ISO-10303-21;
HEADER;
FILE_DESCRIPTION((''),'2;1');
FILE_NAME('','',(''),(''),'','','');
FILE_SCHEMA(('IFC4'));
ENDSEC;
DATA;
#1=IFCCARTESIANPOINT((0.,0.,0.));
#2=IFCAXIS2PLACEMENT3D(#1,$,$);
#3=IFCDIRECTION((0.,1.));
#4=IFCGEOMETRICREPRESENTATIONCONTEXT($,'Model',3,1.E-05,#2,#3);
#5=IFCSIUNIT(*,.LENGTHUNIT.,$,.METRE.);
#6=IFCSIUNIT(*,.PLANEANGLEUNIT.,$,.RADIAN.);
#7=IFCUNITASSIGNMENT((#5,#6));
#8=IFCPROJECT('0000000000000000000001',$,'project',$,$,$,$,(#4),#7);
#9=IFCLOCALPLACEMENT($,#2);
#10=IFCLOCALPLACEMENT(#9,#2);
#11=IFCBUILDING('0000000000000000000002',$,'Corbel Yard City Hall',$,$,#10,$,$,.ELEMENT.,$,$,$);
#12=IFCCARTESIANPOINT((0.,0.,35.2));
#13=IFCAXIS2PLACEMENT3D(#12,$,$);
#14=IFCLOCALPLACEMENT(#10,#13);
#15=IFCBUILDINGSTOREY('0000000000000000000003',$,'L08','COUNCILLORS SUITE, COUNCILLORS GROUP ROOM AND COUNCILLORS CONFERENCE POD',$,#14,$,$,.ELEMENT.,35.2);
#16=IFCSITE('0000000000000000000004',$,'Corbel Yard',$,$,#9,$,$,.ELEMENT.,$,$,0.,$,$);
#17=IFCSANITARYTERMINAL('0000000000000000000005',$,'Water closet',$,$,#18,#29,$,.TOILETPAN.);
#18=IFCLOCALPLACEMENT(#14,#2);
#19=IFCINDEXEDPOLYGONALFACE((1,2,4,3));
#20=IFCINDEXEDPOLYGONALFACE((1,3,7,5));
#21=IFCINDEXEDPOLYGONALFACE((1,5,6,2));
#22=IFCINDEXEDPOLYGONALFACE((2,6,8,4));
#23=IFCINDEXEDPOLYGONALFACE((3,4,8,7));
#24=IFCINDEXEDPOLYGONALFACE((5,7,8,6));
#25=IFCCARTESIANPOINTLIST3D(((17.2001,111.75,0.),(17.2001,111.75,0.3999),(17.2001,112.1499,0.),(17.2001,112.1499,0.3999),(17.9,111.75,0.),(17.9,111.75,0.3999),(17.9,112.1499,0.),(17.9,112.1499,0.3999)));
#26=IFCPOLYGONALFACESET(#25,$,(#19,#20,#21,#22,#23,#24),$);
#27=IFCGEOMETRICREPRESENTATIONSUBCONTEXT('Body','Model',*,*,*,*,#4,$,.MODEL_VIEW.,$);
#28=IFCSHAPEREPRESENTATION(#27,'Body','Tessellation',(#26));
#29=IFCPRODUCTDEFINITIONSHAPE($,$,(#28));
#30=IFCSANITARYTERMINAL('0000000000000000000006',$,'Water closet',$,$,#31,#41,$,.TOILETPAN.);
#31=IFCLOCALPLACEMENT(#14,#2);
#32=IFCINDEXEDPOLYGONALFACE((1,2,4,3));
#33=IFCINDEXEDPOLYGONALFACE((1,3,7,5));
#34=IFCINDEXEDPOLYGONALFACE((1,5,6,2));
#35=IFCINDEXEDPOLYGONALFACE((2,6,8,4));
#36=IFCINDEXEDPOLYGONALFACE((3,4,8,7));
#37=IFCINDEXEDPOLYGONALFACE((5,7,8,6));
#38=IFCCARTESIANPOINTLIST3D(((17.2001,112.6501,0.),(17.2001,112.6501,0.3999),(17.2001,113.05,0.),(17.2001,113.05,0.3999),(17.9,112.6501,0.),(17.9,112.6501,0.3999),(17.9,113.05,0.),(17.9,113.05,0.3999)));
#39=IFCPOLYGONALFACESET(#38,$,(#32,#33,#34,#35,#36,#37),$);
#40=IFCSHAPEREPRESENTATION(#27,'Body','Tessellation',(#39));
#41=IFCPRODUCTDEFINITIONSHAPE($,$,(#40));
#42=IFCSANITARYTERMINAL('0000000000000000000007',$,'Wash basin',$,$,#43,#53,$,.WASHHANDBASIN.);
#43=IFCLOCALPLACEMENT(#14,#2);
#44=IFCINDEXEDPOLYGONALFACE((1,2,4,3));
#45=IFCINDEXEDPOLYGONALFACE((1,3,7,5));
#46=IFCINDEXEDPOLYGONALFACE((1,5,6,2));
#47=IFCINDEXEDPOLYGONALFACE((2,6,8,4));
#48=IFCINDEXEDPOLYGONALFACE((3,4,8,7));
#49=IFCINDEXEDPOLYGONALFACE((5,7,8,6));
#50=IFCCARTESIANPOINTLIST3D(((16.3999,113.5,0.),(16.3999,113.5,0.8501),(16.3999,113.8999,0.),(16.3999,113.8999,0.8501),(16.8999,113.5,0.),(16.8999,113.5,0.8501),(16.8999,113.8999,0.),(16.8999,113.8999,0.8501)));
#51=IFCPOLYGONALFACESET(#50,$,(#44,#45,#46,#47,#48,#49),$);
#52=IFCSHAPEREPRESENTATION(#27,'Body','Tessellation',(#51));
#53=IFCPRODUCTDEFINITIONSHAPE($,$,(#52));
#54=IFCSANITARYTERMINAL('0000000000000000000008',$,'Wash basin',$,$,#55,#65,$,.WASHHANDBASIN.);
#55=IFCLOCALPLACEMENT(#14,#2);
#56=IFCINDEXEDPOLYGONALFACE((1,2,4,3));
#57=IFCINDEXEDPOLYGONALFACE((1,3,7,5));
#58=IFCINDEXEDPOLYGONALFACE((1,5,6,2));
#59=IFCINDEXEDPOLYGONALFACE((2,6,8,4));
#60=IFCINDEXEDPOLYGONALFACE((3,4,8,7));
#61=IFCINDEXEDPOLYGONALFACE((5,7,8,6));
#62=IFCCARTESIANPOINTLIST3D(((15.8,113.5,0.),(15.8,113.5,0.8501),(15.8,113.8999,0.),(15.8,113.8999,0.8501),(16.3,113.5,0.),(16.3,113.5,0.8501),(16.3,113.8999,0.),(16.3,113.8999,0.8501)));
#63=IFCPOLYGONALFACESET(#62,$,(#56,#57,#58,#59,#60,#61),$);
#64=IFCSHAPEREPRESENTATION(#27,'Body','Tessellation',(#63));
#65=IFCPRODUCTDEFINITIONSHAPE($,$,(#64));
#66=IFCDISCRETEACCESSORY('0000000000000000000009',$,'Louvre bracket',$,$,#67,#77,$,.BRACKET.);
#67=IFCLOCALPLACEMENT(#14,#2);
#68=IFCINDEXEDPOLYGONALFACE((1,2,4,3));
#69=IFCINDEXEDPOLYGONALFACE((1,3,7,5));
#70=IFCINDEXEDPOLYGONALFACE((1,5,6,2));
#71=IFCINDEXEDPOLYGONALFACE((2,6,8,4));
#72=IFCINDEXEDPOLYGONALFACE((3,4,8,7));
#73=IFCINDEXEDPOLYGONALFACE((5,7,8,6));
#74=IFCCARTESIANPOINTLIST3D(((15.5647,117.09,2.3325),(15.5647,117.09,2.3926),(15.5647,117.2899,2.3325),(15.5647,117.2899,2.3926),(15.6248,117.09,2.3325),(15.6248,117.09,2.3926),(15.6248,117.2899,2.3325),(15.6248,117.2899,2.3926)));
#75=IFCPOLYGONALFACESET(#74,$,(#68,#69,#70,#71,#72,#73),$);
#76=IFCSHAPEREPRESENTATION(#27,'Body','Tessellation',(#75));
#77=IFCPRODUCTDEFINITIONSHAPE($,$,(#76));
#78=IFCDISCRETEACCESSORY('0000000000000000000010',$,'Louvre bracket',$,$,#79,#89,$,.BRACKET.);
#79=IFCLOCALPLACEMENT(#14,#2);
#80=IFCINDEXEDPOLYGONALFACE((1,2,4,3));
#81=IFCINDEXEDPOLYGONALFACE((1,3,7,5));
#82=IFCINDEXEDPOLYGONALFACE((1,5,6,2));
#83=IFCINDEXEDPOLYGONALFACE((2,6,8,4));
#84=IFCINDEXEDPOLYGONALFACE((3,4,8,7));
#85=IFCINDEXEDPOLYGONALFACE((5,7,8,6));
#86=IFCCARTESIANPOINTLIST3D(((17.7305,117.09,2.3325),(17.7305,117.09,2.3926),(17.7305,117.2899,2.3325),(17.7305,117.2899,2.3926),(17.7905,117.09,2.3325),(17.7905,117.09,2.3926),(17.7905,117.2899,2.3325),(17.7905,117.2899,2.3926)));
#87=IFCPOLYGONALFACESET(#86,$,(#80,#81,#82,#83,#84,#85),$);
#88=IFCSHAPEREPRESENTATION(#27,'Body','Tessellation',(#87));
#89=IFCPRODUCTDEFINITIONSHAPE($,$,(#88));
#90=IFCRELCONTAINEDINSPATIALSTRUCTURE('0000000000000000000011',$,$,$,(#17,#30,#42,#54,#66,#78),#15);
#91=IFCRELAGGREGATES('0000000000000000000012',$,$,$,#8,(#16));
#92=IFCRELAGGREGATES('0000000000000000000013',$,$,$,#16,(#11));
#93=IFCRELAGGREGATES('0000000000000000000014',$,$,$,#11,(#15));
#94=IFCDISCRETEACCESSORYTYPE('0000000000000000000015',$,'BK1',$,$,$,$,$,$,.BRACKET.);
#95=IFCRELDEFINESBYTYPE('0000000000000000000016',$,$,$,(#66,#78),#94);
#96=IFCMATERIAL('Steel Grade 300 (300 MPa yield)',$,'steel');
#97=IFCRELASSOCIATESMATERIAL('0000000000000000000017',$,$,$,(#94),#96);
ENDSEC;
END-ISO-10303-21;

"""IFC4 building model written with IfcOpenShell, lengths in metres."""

from ifc_helpers import new_model, si_unit, direction, frame, origin, origin_2d, place, context, subcontext, project, spatial, rectangle, extrude, material, type_object, element, save


model = new_model("IFC4")

# Units and contexts
model_context = context("Model", 3, precision=1e-05, world=origin(), true_north=direction((0.0, 1.0)))
body_context = subcontext(model_context, "Body", "Model", "MODEL_VIEW")
ifc_project = project(units=[si_unit("LENGTHUNIT", "METRE"), si_unit("PLANEANGLEUNIT", "RADIAN")], contexts=[model_context])

# Site, building, storey
site_placement = place(None, origin())
site = spatial("IfcSite", under=ifc_project, at=site_placement, Name="Corbel Yard", CompositionType="ELEMENT", RefElevation=0.0)
building_placement = place(site_placement, origin())
building = spatial("IfcBuilding", under=site, at=building_placement, Name="Corbel Yard City Hall", CompositionType="ELEMENT")
storey_placement = place(building_placement, frame((0.0, 0.0, 35.2)))
storey = spatial("IfcBuildingStorey", under=building, at=storey_placement, Name="L08", Description="COUNCILLORS SUITE, COUNCILLORS GROUP ROOM AND COUNCILLORS CONFERENCE POD", CompositionType="ELEMENT", Elevation=35.2)

# Shared definitions
ifc_material_1 = material(Name="Steel Grade 300 (300 MPa yield)", Category="steel")

# Sanitary terminals
for number, where, z_axis, x_axis, name in (
    (1, (17.55, 111.95, 0.0), (0.0, 0.0, 1.0), (1.0, 0.0, 0.0), "Water closet"),
    (2, (17.55, 112.8501, 0.0), (0.0, 0.0, 1.0), (1.0, 0.0, 0.0), "Water closet"),
):
    element("IfcSanitaryTerminal", number, at=place(storey_placement, frame(where, z_axis=z_axis, x_axis=x_axis)), inside=storey, Name=name, PredefinedType="TOILETPAN", context=body_context, shape_type="SweptSolid", body=[
        extrude(rectangle(XDim=0.7, YDim=0.3999, at=origin_2d()), origin(), (0.0, 0.0, 1.0), 0.3999),
    ])
for number, where, z_axis, x_axis, name in (
    (3, (16.6499, 113.7, 0.0), (0.0, 0.0, 1.0), (1.0, 0.0, 0.0), "Wash basin"),
    (4, (16.05, 113.7, 0.0), (0.0, 0.0, 1.0), (1.0, 0.0, 0.0), "Wash basin"),
):
    element("IfcSanitaryTerminal", number, at=place(storey_placement, frame(where, z_axis=z_axis, x_axis=x_axis)), inside=storey, Name=name, PredefinedType="WASHHANDBASIN", context=body_context, shape_type="SweptSolid", body=[
        extrude(rectangle(XDim=0.5, YDim=0.3999, at=origin_2d()), origin(), (0.0, 0.0, 1.0), 0.8501),
    ])

# Discrete accessories
discrete_accessory_type = type_object("IfcDiscreteAccessoryType", Name="BK1", PredefinedType="BRACKET", material=ifc_material_1)
for number, where, z_axis, x_axis, name in (
    (5, (15.5947, 117.1899, 2.3325), (0.0, 0.0, 1.0), (1.0, 0.0, 0.0), "Louvre bracket"),
    (6, (17.7605, 117.1899, 2.3325), (0.0, 0.0, 1.0), (1.0, 0.0, 0.0), "Louvre bracket"),
):
    element("IfcDiscreteAccessory", number, at=place(storey_placement, frame(where, z_axis=z_axis, x_axis=x_axis)), inside=storey, type_object=discrete_accessory_type, Name=name, PredefinedType="BRACKET", context=body_context, shape_type="SweptSolid", body=[
        extrude(rectangle(XDim=0.0601, YDim=0.2, at=origin_2d()), origin(), (0.0, 0.0, 1.0), 0.0601),
    ])

save(model, "model.ifc")
